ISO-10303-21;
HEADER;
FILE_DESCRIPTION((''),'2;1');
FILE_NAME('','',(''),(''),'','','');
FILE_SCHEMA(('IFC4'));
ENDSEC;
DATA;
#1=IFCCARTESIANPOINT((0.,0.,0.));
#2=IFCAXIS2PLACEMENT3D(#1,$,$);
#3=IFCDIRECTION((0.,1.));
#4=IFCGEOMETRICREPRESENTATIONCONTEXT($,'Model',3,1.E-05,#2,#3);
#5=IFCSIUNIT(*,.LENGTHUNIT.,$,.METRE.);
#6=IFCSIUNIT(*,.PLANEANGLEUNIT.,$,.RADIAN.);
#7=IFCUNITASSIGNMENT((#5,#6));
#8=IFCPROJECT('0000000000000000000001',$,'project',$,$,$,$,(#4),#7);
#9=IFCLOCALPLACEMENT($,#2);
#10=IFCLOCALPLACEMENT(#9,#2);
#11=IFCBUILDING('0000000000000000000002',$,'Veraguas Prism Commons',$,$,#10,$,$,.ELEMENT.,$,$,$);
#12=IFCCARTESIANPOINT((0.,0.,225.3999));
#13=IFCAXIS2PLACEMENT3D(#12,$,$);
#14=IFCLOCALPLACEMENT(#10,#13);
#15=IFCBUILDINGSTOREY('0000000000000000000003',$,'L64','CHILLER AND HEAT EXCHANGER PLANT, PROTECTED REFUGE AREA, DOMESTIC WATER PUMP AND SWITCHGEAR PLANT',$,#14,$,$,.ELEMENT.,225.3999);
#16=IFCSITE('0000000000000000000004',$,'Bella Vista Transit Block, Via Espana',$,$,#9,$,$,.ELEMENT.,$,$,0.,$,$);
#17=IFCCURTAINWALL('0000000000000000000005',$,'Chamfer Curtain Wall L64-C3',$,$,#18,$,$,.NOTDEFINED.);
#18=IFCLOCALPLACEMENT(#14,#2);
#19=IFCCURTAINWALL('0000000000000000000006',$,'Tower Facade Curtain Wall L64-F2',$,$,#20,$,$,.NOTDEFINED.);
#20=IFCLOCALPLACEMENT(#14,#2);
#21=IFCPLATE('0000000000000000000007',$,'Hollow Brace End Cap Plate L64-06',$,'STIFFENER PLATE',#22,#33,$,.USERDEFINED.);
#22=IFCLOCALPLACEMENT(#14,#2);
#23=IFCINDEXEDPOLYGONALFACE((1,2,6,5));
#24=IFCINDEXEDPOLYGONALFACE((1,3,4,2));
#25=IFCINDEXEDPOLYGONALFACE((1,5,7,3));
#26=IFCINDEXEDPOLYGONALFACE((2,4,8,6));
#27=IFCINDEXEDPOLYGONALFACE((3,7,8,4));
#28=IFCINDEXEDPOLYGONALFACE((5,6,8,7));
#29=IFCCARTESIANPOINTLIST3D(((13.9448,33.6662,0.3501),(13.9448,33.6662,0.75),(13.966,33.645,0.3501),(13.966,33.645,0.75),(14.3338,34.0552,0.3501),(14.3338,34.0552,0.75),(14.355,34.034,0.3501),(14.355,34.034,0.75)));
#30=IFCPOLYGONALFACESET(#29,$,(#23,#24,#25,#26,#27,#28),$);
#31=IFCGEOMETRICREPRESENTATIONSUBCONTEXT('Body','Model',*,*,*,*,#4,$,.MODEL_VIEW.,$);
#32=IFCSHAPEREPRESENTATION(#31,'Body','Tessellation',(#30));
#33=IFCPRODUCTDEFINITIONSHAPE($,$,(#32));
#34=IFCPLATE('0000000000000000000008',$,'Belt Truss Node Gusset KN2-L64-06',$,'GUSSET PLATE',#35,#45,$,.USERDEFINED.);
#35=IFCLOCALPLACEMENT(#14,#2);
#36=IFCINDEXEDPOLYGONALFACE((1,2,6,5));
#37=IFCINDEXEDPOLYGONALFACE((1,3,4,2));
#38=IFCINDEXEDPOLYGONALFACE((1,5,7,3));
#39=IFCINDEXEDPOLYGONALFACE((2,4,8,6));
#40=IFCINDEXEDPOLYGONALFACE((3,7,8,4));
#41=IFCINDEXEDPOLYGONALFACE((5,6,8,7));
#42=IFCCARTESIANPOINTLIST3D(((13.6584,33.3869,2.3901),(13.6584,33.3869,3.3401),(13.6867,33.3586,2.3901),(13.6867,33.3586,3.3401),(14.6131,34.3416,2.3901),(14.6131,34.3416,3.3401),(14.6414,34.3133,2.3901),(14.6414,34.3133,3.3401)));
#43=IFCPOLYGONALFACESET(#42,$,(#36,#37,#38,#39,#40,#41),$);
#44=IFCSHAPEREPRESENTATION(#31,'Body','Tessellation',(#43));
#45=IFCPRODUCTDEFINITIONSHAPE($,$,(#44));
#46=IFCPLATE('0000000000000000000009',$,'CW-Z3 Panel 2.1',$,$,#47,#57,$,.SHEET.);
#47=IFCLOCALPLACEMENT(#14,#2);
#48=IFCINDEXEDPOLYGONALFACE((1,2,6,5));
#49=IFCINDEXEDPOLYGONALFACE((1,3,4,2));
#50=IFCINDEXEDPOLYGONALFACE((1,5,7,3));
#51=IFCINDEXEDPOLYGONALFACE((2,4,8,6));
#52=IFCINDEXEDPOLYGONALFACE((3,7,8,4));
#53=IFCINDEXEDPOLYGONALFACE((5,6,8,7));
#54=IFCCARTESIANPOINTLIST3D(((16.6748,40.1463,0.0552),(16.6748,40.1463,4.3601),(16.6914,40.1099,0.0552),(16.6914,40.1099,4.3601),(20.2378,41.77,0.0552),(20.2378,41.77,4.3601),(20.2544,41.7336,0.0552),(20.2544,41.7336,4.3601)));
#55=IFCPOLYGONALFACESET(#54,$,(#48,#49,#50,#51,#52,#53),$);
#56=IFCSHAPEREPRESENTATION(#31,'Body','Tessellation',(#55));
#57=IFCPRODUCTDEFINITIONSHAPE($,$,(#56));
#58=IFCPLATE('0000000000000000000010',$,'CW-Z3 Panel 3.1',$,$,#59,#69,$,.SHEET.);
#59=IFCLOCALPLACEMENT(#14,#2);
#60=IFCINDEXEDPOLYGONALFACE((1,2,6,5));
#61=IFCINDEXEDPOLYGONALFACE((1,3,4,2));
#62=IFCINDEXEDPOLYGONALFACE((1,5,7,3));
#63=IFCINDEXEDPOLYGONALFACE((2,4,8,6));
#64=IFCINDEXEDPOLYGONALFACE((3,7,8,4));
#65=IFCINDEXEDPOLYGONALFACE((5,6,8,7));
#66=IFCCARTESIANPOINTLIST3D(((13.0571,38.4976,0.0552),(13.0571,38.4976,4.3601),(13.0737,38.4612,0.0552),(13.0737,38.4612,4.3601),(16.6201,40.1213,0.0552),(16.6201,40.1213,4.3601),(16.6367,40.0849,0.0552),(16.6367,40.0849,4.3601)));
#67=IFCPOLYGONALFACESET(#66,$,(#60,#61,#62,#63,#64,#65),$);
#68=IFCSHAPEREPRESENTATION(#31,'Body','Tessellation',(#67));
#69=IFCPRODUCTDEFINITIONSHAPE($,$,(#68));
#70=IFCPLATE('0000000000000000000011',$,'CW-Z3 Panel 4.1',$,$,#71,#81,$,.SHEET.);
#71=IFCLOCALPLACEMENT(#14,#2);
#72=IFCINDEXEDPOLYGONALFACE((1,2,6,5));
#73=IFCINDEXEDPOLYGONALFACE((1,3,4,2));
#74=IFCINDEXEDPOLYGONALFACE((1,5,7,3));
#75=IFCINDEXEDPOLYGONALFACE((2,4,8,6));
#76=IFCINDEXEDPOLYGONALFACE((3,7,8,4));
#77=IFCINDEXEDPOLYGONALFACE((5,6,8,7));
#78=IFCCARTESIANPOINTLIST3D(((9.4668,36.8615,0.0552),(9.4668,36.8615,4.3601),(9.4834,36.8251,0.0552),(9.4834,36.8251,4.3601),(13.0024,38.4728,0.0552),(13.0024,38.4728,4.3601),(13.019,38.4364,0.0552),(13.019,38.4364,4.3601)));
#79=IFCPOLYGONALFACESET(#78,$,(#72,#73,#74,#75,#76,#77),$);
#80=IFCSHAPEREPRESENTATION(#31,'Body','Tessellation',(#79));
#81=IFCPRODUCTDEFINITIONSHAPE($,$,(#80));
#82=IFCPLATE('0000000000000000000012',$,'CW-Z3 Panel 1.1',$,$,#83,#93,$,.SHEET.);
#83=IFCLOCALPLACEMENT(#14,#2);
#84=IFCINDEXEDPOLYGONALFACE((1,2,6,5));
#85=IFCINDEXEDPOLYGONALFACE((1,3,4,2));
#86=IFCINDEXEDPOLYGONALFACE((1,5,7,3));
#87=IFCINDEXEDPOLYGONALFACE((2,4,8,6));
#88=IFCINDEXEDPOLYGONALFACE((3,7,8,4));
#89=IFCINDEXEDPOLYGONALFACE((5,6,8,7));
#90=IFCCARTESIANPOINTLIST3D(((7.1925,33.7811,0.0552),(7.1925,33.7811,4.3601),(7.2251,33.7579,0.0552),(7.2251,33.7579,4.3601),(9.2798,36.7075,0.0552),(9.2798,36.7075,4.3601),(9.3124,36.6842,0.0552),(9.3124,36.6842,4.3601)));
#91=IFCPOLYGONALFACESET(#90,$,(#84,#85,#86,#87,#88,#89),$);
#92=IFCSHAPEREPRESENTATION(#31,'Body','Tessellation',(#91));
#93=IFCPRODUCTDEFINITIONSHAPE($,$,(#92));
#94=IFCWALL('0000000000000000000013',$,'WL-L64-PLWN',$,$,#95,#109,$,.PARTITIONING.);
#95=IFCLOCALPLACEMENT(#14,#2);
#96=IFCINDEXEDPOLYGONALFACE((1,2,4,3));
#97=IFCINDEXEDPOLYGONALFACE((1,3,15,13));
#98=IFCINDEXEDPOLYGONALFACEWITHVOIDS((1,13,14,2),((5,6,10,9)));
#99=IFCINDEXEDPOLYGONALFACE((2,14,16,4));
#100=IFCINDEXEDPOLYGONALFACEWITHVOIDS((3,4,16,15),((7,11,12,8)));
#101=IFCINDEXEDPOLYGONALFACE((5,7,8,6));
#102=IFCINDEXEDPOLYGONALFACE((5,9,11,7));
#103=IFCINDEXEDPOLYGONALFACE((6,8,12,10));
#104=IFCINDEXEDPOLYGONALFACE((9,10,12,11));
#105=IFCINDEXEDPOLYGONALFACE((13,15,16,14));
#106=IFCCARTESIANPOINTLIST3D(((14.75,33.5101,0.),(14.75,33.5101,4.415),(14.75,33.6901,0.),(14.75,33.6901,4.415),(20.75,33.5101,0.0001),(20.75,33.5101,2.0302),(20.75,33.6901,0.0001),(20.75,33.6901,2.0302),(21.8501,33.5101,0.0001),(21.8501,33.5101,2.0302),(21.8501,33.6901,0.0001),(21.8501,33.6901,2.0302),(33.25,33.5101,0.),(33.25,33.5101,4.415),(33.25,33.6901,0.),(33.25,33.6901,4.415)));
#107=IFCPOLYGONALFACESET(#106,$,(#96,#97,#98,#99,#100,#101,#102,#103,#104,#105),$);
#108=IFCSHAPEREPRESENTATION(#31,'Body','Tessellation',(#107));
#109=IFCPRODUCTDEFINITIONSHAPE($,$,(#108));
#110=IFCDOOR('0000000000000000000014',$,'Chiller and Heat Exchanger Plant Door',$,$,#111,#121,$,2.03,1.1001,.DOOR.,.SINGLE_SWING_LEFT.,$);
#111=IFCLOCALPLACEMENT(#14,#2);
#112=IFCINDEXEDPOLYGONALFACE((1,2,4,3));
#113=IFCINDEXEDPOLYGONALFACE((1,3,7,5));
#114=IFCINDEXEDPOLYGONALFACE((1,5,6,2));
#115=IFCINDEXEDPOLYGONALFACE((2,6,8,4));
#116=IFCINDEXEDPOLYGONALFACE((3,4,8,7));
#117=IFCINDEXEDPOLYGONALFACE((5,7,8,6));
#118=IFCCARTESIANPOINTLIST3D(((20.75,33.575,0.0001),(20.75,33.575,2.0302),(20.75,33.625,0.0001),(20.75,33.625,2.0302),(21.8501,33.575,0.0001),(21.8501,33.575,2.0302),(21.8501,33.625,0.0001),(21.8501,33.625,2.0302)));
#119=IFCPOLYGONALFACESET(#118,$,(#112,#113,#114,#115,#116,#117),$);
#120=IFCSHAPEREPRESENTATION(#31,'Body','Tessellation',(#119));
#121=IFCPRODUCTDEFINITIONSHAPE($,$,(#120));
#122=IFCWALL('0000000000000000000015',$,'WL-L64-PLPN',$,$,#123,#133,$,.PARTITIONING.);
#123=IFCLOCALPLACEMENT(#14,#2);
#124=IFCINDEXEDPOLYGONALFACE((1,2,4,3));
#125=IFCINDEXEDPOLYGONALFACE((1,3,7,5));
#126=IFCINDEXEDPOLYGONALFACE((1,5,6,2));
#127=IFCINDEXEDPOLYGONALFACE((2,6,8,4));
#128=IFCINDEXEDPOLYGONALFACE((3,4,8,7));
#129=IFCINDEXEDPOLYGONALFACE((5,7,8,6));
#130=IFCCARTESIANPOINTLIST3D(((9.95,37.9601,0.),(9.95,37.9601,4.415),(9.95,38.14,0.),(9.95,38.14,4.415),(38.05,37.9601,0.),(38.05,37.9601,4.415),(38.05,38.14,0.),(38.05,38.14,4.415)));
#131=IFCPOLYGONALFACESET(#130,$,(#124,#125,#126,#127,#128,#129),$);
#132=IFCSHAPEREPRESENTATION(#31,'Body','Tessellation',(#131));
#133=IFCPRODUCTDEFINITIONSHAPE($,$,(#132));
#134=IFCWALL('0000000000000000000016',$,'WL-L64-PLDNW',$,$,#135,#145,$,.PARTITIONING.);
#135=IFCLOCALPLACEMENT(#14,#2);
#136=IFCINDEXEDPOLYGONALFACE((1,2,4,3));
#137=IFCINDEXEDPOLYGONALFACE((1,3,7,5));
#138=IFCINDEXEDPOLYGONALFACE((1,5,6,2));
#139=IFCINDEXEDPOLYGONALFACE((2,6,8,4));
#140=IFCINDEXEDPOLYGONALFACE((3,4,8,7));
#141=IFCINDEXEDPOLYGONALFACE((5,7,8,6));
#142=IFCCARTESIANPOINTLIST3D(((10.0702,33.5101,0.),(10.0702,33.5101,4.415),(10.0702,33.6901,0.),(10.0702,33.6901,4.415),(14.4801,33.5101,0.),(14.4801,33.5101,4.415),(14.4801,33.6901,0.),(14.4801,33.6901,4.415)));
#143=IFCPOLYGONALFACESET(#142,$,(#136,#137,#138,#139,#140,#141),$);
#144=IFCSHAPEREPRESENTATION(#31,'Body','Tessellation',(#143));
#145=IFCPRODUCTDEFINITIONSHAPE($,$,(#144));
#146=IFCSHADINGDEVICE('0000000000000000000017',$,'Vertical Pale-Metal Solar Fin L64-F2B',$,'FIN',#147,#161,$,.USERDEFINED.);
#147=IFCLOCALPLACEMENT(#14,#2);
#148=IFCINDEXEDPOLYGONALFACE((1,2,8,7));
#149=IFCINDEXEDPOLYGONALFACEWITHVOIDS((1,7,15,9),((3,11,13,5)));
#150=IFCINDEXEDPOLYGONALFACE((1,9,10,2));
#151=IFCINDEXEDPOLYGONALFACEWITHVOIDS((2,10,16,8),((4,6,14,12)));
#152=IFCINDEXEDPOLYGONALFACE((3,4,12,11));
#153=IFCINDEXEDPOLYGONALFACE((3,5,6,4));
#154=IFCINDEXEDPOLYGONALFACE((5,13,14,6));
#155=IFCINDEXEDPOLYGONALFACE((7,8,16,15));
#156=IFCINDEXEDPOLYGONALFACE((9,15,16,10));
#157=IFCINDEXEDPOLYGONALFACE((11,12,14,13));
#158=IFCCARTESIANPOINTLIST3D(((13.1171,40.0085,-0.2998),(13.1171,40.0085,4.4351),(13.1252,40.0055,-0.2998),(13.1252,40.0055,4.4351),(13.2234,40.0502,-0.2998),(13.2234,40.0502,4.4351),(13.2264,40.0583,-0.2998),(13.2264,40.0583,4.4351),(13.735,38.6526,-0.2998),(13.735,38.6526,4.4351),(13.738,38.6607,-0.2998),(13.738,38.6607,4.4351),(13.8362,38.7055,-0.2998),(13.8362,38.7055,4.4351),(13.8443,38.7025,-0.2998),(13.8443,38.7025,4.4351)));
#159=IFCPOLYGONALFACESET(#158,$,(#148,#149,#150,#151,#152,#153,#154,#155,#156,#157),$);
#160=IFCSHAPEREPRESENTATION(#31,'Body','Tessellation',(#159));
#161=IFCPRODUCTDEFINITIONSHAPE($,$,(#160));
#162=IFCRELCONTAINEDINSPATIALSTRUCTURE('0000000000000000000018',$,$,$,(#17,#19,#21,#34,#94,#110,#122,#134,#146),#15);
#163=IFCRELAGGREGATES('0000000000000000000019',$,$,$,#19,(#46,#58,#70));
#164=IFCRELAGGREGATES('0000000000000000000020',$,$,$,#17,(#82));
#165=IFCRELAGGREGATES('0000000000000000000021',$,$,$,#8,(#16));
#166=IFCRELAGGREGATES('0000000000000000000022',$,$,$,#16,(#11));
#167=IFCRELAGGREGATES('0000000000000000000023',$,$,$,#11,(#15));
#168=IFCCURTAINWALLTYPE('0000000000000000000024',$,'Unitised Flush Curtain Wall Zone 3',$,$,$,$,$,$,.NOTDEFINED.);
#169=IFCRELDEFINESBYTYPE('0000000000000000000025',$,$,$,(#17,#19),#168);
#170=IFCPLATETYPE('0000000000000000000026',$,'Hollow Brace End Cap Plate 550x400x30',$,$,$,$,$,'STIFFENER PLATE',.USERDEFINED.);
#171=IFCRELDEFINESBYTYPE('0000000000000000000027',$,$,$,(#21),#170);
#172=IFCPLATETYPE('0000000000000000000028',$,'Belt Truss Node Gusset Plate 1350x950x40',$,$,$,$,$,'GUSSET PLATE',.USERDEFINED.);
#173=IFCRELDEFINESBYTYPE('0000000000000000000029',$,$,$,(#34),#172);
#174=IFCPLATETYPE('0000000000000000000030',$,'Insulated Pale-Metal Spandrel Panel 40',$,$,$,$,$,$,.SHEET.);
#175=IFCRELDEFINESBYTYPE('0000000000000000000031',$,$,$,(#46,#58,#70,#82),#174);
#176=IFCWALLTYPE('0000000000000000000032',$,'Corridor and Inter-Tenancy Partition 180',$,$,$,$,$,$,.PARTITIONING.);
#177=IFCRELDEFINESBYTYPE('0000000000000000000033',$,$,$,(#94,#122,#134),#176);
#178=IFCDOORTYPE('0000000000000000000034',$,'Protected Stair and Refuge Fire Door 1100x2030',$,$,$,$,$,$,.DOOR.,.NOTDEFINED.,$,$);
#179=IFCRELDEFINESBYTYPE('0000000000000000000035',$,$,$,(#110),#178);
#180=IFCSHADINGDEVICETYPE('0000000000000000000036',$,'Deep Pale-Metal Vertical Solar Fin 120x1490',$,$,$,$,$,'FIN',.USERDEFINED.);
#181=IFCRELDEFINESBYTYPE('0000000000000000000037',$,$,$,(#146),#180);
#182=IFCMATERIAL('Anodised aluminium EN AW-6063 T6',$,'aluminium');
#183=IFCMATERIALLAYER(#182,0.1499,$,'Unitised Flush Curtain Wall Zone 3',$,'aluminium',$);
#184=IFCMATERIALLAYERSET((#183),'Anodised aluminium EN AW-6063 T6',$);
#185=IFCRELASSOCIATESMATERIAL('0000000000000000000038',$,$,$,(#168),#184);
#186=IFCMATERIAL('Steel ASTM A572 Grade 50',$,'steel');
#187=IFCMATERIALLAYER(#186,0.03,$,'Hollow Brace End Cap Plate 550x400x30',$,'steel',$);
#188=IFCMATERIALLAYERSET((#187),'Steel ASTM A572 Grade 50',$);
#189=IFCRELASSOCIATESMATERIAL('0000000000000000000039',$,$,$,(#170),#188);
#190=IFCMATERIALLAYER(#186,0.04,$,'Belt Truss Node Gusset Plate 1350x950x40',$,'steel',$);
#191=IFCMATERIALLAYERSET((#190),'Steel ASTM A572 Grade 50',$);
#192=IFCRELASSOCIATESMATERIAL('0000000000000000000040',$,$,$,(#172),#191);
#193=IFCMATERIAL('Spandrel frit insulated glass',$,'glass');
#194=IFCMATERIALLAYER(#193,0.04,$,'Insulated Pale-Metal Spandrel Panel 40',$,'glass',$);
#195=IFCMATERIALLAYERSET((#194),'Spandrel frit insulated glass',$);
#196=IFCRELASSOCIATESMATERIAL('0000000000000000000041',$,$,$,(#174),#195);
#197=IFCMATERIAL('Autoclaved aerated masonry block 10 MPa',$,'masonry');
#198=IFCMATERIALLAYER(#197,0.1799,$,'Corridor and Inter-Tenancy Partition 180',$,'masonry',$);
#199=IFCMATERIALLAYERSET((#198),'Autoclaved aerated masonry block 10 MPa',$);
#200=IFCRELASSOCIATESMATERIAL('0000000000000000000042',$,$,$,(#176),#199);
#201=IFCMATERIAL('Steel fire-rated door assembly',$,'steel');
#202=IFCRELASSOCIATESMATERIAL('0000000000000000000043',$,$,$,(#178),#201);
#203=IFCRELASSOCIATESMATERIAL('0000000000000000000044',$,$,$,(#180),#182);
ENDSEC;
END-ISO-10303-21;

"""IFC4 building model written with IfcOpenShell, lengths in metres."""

from ifc_helpers import new_model, si_unit, direction, frame, frame_2d, origin, origin_2d, place, context, subcontext, project, spatial, rectangle, hollow_rectangle, extrude, source, transform, mapped, material, layer, layer_set, material_profile, profile_set, type_object, element, fill, aggregate, save


model = new_model("IFC4")

# Units and contexts
model_context = context("Model", 3, precision=1e-05, world=origin(), true_north=direction((0.0, 1.0)))
body_context = subcontext(model_context, "Body", "Model", "MODEL_VIEW")
ifc_project = project(units=[si_unit("LENGTHUNIT", "METRE"), si_unit("PLANEANGLEUNIT", "RADIAN")], contexts=[model_context])

# Site, building, storey
site_placement = place(None, origin())
site = spatial("IfcSite", under=ifc_project, at=site_placement, Name="Bella Vista Transit Block, Via Espana", CompositionType="ELEMENT", RefElevation=0.0)
building_placement = place(site_placement, origin())
building = spatial("IfcBuilding", under=site, at=building_placement, Name="Veraguas Prism Commons", CompositionType="ELEMENT")
storey_placement = place(building_placement, frame((0.0, 0.0, 225.3999)))
storey = spatial("IfcBuildingStorey", under=building, at=storey_placement, Name="L64", Description="CHILLER AND HEAT EXCHANGER PLANT, PROTECTED REFUGE AREA, DOMESTIC WATER PUMP AND SWITCHGEAR PLANT", CompositionType="ELEMENT", Elevation=225.3999)

# Curtain walls
ifc_material_1 = material(Name="Anodised aluminium EN AW-6063 T6", Category="aluminium")
ifc_layer_1 = layer(ifc_material_1, 0.1499, Name="Unitised Flush Curtain Wall Zone 3", Category="aluminium")
ifc_layer_set_1 = layer_set([ifc_layer_1], Name="Anodised aluminium EN AW-6063 T6")
curtain_wall_type = type_object("IfcCurtainWallType", Name="Unitised Flush Curtain Wall Zone 3", PredefinedType="NOTDEFINED", material=ifc_layer_set_1)
curtain_wall_1_placement = place(storey_placement, origin())
curtain_wall_1 = element("IfcCurtainWall", 1, at=curtain_wall_1_placement, inside=storey, type_object=curtain_wall_type, Name="Chamfer Curtain Wall L64-C3", PredefinedType="NOTDEFINED")
curtain_wall_2_placement = place(storey_placement, origin())
curtain_wall_2 = element("IfcCurtainWall", 2, at=curtain_wall_2_placement, inside=storey, type_object=curtain_wall_type, Name="Tower Facade Curtain Wall L64-F2", PredefinedType="NOTDEFINED")

# Plates
ifc_material_2 = material(Name="Steel ASTM A572 Grade 50", Category="steel")
ifc_layer_2 = layer(ifc_material_2, 0.03, Name="Hollow Brace End Cap Plate 550x400x30", Category="steel")
ifc_layer_set_2 = layer_set([ifc_layer_2], Name="Steel ASTM A572 Grade 50")
plate_type_1 = type_object("IfcPlateType", Name="Hollow Brace End Cap Plate 550x400x30", ElementType="STIFFENER PLATE", PredefinedType="USERDEFINED", material=ifc_layer_set_2)
shared_shape_1 = source(origin(), body_context, "Body", "SweptSolid", [
    extrude(rectangle(XDim=0.55, YDim=0.03, at=origin_2d()), origin(), (0.0, 0.0, 1.0), 0.3999),
])
plate_1_placement = place(storey_placement, frame((14.1499, 33.8501, 0.3501), z_axis=(0.0, 0.0, 1.0), x_axis=(-0.707107, -0.707107, 0.0)))
element("IfcPlate", 3, at=plate_1_placement, inside=storey, type_object=plate_type_1, Name="Hollow Brace End Cap Plate L64-06", ObjectType="STIFFENER PLATE", PredefinedType="USERDEFINED", context=body_context, shape_type="MappedRepresentation", body=[
    mapped(shared_shape_1, transform((0.0, 0.0, 0.0), scale=1.0)),
])
ifc_layer_3 = layer(ifc_material_2, 0.04, Name="Belt Truss Node Gusset Plate 1350x950x40", Category="steel")
ifc_layer_set_3 = layer_set([ifc_layer_3], Name="Steel ASTM A572 Grade 50")
plate_type_2 = type_object("IfcPlateType", Name="Belt Truss Node Gusset Plate 1350x950x40", ElementType="GUSSET PLATE", PredefinedType="USERDEFINED", material=ifc_layer_set_3)
shared_shape_2 = source(origin(), body_context, "Body", "SweptSolid", [
    extrude(rectangle(XDim=1.3501, YDim=0.04, at=origin_2d()), origin(), (0.0, 0.0, 1.0), 0.95),
])
plate_2_placement = place(storey_placement, frame((14.1499, 33.8501, 2.3901), z_axis=(0.0, 0.0, 1.0), x_axis=(-0.707107, -0.707107, 0.0)))
element("IfcPlate", 4, at=plate_2_placement, inside=storey, type_object=plate_type_2, Name="Belt Truss Node Gusset KN2-L64-06", ObjectType="GUSSET PLATE", PredefinedType="USERDEFINED", context=body_context, shape_type="MappedRepresentation", body=[
    mapped(shared_shape_2, transform((0.0, 0.0, 0.0), scale=1.0)),
])

# Plates
ifc_material_3 = material(Name="Spandrel frit insulated glass", Category="glass")
ifc_layer_4 = layer(ifc_material_3, 0.04, Name="Insulated Pale-Metal Spandrel Panel 40", Category="glass")
ifc_layer_set_4 = layer_set([ifc_layer_4], Name="Spandrel frit insulated glass")
plate_type_3 = type_object("IfcPlateType", Name="Insulated Pale-Metal Spandrel Panel 40", PredefinedType="SHEET", material=ifc_layer_set_4)
shared_shape_3 = source(origin(), body_context, "Body", "SweptSolid", [
    extrude(rectangle(XDim=3.9155, YDim=0.04, at=origin_2d()), origin(), (0.0, 0.0, 1.0), 4.3049),
])
plate_3_placement = place(storey_placement, frame((18.4646, 40.9399, 0.0552), z_axis=(0.0, 0.0, 1.0), x_axis=(-0.909962, -0.414692, 0.0)))
plate_3 = element("IfcPlate", 5, at=plate_3_placement, type_object=plate_type_3, Name="CW-Z3 Panel 2.1", PredefinedType="SHEET", context=body_context, shape_type="MappedRepresentation", body=[
    mapped(shared_shape_3, transform((0.0, 0.0, 0.0), scale=1.0)),
])
plate_4_placement = place(storey_placement, frame((14.8469, 39.2913, 0.0552), z_axis=(0.0, 0.0, 1.0), x_axis=(-0.909962, -0.414692, 0.0)))
plate_4 = element("IfcPlate", 6, at=plate_4_placement, type_object=plate_type_3, Name="CW-Z3 Panel 3.1", PredefinedType="SHEET", context=body_context, shape_type="MappedRepresentation", body=[
    mapped(shared_shape_3, transform((0.0, 0.0, 0.0), scale=1.0)),
])
shared_shape_4 = source(origin(), body_context, "Body", "SweptSolid", [
    extrude(rectangle(XDim=3.8855, YDim=0.04, at=origin_2d()), origin(), (0.0, 0.0, 1.0), 4.3049),
])
plate_5_placement = place(storey_placement, frame((11.2429, 37.6489, 0.0552), z_axis=(0.0, 0.0, 1.0), x_axis=(-0.909962, -0.414692, 0.0)))
plate_5 = element("IfcPlate", 7, at=plate_5_placement, type_object=plate_type_3, Name="CW-Z3 Panel 4.1", PredefinedType="SHEET", context=body_context, shape_type="MappedRepresentation", body=[
    mapped(shared_shape_4, transform((0.0, 0.0, 0.0), scale=1.0)),
])
aggregate(curtain_wall_2, [plate_3, plate_4, plate_5])
shared_shape_5 = source(origin(), body_context, "Body", "SweptSolid", [
    extrude(rectangle(XDim=3.5945, YDim=0.04, at=origin_2d()), origin(), (0.0, 0.0, 1.0), 4.3049),
])
plate_6_placement = place(storey_placement, frame((8.2524, 35.2327, 0.0552), z_axis=(0.0, 0.0, 1.0), x_axis=(-0.580703, -0.814116, 0.0)))
plate_6 = element("IfcPlate", 8, at=plate_6_placement, type_object=plate_type_3, Name="CW-Z3 Panel 1.1", PredefinedType="SHEET", context=body_context, shape_type="MappedRepresentation", body=[
    mapped(shared_shape_5, transform((0.0, 0.0, 0.0), scale=1.0)),
])
aggregate(curtain_wall_1, [plate_6])

# Wall, opening, door
ifc_material_4 = material(Name="Autoclaved aerated masonry block 10 MPa", Category="masonry")
ifc_layer_5 = layer(ifc_material_4, 0.1799, Name="Corridor and Inter-Tenancy Partition 180", Category="masonry")
ifc_layer_set_5 = layer_set([ifc_layer_5], Name="Autoclaved aerated masonry block 10 MPa")
wall_type = type_object("IfcWallType", Name="Corridor and Inter-Tenancy Partition 180", PredefinedType="PARTITIONING", material=ifc_layer_set_5)
wall_1_placement = place(storey_placement, frame((14.75, 33.6001, 0.0), z_axis=(0.0, 0.0, 1.0), x_axis=(1.0, 0.0, 0.0)))
wall_1 = element("IfcWall", 9, at=wall_1_placement, inside=storey, type_object=wall_type, Name="WL-L64-PLWN", PredefinedType="PARTITIONING", context=body_context, shape_type="SweptSolid", body=[
    extrude(rectangle(XDim=18.5, YDim=0.1799, at=frame_2d((9.25, 0.0))), origin(), (0.0, 0.0, 1.0), 4.415),
])
opening_placement = place(wall_1_placement, frame((6.0, 0.0, 0.0)))
opening = element("IfcOpeningElement", 10, at=opening_placement, cuts=wall_1, PredefinedType="OPENING", context=body_context, shape_type="SweptSolid", body=[
    extrude(rectangle(XDim=1.1001, YDim=2.03, at=frame_2d((0.55, 1.0151))), frame((0.0, 0.0999, 0.0), z_axis=(0.0, -1.0, 0.0), x_axis=(1.0, 0.0, 0.0)), (0.0, 0.0, 1.0), 0.2),
])
ifc_material_5 = material(Name="Steel fire-rated door assembly", Category="steel")
door_type = type_object("IfcDoorType", Name="Protected Stair and Refuge Fire Door 1100x2030", OperationType="NOTDEFINED", PredefinedType="DOOR", material=ifc_material_5)
shared_shape_6 = source(origin(), body_context, "Body", "SweptSolid", [
    extrude(rectangle(XDim=1.1001, YDim=2.03, at=frame_2d((0.55, 1.0151))), frame((0.0, 0.0249, 0.0), z_axis=(0.0, -1.0, 0.0), x_axis=(1.0, 0.0, 0.0)), (0.0, 0.0, 1.0), 0.05),
])
door_placement = place(opening_placement, origin())
door = element("IfcDoor", 11, at=door_placement, inside=storey, type_object=door_type, Name="Chiller and Heat Exchanger Plant Door", OperationType="SINGLE_SWING_LEFT", OverallHeight=2.03, OverallWidth=1.1001, PredefinedType="DOOR", context=body_context, shape_type="MappedRepresentation", body=[
    mapped(shared_shape_6, transform((0.0, 0.0, 0.0), scale=1.0)),
])
fill(opening, door)

# Walls
wall_2_placement = place(storey_placement, frame((9.95, 38.05, 0.0), z_axis=(0.0, 0.0, 1.0), x_axis=(1.0, 0.0, 0.0)))
element("IfcWall", 12, at=wall_2_placement, inside=storey, type_object=wall_type, Name="WL-L64-PLPN", PredefinedType="PARTITIONING", context=body_context, shape_type="SweptSolid", body=[
    extrude(rectangle(XDim=28.1001, YDim=0.1799, at=frame_2d((14.05, 0.0))), origin(), (0.0, 0.0, 1.0), 4.415),
])
wall_3_placement = place(storey_placement, frame((10.0701, 33.6001, 0.0), z_axis=(0.0, 0.0, 1.0), x_axis=(1.0, 0.0, 0.0)))
element("IfcWall", 13, at=wall_3_placement, inside=storey, type_object=wall_type, Name="WL-L64-PLDNW", PredefinedType="PARTITIONING", context=body_context, shape_type="SweptSolid", body=[
    extrude(rectangle(XDim=4.4099, YDim=0.1799, at=frame_2d((2.2051, 0.0))), origin(), (0.0, 0.0, 1.0), 4.415),
])

# Shading device
ifc_material_profile_1 = material_profile(ifc_material_1, hollow_rectangle(XDim=0.1201, YDim=1.49, WallThickness=0.0061, at=origin_2d()), Name="FIN120X1490X6")
ifc_profile_set_1 = profile_set([ifc_material_profile_1], Name="Anodised aluminium EN AW-6063 T6")
shading_device_type = type_object("IfcShadingDeviceType", Name="Deep Pale-Metal Vertical Solar Fin 120x1490", ElementType="FIN", PredefinedType="USERDEFINED", material=ifc_profile_set_1)
shading_device_placement = place(storey_placement, frame((13.4807, 39.3555, -0.2998), z_axis=(0.0, 0.0, 1.0), x_axis=(-0.909961, -0.414693, 0.0)))
element("IfcShadingDevice", 14, at=shading_device_placement, inside=storey, type_object=shading_device_type, Name="Vertical Pale-Metal Solar Fin L64-F2B", ObjectType="FIN", PredefinedType="USERDEFINED", context=body_context, shape_type="SweptSolid", body=[
    extrude(hollow_rectangle(XDim=0.1201, YDim=1.49, WallThickness=0.0061, at=origin_2d()), origin(), (0.0, 0.0, 1.0), 4.7349),
])

save(model, "model.ifc")
